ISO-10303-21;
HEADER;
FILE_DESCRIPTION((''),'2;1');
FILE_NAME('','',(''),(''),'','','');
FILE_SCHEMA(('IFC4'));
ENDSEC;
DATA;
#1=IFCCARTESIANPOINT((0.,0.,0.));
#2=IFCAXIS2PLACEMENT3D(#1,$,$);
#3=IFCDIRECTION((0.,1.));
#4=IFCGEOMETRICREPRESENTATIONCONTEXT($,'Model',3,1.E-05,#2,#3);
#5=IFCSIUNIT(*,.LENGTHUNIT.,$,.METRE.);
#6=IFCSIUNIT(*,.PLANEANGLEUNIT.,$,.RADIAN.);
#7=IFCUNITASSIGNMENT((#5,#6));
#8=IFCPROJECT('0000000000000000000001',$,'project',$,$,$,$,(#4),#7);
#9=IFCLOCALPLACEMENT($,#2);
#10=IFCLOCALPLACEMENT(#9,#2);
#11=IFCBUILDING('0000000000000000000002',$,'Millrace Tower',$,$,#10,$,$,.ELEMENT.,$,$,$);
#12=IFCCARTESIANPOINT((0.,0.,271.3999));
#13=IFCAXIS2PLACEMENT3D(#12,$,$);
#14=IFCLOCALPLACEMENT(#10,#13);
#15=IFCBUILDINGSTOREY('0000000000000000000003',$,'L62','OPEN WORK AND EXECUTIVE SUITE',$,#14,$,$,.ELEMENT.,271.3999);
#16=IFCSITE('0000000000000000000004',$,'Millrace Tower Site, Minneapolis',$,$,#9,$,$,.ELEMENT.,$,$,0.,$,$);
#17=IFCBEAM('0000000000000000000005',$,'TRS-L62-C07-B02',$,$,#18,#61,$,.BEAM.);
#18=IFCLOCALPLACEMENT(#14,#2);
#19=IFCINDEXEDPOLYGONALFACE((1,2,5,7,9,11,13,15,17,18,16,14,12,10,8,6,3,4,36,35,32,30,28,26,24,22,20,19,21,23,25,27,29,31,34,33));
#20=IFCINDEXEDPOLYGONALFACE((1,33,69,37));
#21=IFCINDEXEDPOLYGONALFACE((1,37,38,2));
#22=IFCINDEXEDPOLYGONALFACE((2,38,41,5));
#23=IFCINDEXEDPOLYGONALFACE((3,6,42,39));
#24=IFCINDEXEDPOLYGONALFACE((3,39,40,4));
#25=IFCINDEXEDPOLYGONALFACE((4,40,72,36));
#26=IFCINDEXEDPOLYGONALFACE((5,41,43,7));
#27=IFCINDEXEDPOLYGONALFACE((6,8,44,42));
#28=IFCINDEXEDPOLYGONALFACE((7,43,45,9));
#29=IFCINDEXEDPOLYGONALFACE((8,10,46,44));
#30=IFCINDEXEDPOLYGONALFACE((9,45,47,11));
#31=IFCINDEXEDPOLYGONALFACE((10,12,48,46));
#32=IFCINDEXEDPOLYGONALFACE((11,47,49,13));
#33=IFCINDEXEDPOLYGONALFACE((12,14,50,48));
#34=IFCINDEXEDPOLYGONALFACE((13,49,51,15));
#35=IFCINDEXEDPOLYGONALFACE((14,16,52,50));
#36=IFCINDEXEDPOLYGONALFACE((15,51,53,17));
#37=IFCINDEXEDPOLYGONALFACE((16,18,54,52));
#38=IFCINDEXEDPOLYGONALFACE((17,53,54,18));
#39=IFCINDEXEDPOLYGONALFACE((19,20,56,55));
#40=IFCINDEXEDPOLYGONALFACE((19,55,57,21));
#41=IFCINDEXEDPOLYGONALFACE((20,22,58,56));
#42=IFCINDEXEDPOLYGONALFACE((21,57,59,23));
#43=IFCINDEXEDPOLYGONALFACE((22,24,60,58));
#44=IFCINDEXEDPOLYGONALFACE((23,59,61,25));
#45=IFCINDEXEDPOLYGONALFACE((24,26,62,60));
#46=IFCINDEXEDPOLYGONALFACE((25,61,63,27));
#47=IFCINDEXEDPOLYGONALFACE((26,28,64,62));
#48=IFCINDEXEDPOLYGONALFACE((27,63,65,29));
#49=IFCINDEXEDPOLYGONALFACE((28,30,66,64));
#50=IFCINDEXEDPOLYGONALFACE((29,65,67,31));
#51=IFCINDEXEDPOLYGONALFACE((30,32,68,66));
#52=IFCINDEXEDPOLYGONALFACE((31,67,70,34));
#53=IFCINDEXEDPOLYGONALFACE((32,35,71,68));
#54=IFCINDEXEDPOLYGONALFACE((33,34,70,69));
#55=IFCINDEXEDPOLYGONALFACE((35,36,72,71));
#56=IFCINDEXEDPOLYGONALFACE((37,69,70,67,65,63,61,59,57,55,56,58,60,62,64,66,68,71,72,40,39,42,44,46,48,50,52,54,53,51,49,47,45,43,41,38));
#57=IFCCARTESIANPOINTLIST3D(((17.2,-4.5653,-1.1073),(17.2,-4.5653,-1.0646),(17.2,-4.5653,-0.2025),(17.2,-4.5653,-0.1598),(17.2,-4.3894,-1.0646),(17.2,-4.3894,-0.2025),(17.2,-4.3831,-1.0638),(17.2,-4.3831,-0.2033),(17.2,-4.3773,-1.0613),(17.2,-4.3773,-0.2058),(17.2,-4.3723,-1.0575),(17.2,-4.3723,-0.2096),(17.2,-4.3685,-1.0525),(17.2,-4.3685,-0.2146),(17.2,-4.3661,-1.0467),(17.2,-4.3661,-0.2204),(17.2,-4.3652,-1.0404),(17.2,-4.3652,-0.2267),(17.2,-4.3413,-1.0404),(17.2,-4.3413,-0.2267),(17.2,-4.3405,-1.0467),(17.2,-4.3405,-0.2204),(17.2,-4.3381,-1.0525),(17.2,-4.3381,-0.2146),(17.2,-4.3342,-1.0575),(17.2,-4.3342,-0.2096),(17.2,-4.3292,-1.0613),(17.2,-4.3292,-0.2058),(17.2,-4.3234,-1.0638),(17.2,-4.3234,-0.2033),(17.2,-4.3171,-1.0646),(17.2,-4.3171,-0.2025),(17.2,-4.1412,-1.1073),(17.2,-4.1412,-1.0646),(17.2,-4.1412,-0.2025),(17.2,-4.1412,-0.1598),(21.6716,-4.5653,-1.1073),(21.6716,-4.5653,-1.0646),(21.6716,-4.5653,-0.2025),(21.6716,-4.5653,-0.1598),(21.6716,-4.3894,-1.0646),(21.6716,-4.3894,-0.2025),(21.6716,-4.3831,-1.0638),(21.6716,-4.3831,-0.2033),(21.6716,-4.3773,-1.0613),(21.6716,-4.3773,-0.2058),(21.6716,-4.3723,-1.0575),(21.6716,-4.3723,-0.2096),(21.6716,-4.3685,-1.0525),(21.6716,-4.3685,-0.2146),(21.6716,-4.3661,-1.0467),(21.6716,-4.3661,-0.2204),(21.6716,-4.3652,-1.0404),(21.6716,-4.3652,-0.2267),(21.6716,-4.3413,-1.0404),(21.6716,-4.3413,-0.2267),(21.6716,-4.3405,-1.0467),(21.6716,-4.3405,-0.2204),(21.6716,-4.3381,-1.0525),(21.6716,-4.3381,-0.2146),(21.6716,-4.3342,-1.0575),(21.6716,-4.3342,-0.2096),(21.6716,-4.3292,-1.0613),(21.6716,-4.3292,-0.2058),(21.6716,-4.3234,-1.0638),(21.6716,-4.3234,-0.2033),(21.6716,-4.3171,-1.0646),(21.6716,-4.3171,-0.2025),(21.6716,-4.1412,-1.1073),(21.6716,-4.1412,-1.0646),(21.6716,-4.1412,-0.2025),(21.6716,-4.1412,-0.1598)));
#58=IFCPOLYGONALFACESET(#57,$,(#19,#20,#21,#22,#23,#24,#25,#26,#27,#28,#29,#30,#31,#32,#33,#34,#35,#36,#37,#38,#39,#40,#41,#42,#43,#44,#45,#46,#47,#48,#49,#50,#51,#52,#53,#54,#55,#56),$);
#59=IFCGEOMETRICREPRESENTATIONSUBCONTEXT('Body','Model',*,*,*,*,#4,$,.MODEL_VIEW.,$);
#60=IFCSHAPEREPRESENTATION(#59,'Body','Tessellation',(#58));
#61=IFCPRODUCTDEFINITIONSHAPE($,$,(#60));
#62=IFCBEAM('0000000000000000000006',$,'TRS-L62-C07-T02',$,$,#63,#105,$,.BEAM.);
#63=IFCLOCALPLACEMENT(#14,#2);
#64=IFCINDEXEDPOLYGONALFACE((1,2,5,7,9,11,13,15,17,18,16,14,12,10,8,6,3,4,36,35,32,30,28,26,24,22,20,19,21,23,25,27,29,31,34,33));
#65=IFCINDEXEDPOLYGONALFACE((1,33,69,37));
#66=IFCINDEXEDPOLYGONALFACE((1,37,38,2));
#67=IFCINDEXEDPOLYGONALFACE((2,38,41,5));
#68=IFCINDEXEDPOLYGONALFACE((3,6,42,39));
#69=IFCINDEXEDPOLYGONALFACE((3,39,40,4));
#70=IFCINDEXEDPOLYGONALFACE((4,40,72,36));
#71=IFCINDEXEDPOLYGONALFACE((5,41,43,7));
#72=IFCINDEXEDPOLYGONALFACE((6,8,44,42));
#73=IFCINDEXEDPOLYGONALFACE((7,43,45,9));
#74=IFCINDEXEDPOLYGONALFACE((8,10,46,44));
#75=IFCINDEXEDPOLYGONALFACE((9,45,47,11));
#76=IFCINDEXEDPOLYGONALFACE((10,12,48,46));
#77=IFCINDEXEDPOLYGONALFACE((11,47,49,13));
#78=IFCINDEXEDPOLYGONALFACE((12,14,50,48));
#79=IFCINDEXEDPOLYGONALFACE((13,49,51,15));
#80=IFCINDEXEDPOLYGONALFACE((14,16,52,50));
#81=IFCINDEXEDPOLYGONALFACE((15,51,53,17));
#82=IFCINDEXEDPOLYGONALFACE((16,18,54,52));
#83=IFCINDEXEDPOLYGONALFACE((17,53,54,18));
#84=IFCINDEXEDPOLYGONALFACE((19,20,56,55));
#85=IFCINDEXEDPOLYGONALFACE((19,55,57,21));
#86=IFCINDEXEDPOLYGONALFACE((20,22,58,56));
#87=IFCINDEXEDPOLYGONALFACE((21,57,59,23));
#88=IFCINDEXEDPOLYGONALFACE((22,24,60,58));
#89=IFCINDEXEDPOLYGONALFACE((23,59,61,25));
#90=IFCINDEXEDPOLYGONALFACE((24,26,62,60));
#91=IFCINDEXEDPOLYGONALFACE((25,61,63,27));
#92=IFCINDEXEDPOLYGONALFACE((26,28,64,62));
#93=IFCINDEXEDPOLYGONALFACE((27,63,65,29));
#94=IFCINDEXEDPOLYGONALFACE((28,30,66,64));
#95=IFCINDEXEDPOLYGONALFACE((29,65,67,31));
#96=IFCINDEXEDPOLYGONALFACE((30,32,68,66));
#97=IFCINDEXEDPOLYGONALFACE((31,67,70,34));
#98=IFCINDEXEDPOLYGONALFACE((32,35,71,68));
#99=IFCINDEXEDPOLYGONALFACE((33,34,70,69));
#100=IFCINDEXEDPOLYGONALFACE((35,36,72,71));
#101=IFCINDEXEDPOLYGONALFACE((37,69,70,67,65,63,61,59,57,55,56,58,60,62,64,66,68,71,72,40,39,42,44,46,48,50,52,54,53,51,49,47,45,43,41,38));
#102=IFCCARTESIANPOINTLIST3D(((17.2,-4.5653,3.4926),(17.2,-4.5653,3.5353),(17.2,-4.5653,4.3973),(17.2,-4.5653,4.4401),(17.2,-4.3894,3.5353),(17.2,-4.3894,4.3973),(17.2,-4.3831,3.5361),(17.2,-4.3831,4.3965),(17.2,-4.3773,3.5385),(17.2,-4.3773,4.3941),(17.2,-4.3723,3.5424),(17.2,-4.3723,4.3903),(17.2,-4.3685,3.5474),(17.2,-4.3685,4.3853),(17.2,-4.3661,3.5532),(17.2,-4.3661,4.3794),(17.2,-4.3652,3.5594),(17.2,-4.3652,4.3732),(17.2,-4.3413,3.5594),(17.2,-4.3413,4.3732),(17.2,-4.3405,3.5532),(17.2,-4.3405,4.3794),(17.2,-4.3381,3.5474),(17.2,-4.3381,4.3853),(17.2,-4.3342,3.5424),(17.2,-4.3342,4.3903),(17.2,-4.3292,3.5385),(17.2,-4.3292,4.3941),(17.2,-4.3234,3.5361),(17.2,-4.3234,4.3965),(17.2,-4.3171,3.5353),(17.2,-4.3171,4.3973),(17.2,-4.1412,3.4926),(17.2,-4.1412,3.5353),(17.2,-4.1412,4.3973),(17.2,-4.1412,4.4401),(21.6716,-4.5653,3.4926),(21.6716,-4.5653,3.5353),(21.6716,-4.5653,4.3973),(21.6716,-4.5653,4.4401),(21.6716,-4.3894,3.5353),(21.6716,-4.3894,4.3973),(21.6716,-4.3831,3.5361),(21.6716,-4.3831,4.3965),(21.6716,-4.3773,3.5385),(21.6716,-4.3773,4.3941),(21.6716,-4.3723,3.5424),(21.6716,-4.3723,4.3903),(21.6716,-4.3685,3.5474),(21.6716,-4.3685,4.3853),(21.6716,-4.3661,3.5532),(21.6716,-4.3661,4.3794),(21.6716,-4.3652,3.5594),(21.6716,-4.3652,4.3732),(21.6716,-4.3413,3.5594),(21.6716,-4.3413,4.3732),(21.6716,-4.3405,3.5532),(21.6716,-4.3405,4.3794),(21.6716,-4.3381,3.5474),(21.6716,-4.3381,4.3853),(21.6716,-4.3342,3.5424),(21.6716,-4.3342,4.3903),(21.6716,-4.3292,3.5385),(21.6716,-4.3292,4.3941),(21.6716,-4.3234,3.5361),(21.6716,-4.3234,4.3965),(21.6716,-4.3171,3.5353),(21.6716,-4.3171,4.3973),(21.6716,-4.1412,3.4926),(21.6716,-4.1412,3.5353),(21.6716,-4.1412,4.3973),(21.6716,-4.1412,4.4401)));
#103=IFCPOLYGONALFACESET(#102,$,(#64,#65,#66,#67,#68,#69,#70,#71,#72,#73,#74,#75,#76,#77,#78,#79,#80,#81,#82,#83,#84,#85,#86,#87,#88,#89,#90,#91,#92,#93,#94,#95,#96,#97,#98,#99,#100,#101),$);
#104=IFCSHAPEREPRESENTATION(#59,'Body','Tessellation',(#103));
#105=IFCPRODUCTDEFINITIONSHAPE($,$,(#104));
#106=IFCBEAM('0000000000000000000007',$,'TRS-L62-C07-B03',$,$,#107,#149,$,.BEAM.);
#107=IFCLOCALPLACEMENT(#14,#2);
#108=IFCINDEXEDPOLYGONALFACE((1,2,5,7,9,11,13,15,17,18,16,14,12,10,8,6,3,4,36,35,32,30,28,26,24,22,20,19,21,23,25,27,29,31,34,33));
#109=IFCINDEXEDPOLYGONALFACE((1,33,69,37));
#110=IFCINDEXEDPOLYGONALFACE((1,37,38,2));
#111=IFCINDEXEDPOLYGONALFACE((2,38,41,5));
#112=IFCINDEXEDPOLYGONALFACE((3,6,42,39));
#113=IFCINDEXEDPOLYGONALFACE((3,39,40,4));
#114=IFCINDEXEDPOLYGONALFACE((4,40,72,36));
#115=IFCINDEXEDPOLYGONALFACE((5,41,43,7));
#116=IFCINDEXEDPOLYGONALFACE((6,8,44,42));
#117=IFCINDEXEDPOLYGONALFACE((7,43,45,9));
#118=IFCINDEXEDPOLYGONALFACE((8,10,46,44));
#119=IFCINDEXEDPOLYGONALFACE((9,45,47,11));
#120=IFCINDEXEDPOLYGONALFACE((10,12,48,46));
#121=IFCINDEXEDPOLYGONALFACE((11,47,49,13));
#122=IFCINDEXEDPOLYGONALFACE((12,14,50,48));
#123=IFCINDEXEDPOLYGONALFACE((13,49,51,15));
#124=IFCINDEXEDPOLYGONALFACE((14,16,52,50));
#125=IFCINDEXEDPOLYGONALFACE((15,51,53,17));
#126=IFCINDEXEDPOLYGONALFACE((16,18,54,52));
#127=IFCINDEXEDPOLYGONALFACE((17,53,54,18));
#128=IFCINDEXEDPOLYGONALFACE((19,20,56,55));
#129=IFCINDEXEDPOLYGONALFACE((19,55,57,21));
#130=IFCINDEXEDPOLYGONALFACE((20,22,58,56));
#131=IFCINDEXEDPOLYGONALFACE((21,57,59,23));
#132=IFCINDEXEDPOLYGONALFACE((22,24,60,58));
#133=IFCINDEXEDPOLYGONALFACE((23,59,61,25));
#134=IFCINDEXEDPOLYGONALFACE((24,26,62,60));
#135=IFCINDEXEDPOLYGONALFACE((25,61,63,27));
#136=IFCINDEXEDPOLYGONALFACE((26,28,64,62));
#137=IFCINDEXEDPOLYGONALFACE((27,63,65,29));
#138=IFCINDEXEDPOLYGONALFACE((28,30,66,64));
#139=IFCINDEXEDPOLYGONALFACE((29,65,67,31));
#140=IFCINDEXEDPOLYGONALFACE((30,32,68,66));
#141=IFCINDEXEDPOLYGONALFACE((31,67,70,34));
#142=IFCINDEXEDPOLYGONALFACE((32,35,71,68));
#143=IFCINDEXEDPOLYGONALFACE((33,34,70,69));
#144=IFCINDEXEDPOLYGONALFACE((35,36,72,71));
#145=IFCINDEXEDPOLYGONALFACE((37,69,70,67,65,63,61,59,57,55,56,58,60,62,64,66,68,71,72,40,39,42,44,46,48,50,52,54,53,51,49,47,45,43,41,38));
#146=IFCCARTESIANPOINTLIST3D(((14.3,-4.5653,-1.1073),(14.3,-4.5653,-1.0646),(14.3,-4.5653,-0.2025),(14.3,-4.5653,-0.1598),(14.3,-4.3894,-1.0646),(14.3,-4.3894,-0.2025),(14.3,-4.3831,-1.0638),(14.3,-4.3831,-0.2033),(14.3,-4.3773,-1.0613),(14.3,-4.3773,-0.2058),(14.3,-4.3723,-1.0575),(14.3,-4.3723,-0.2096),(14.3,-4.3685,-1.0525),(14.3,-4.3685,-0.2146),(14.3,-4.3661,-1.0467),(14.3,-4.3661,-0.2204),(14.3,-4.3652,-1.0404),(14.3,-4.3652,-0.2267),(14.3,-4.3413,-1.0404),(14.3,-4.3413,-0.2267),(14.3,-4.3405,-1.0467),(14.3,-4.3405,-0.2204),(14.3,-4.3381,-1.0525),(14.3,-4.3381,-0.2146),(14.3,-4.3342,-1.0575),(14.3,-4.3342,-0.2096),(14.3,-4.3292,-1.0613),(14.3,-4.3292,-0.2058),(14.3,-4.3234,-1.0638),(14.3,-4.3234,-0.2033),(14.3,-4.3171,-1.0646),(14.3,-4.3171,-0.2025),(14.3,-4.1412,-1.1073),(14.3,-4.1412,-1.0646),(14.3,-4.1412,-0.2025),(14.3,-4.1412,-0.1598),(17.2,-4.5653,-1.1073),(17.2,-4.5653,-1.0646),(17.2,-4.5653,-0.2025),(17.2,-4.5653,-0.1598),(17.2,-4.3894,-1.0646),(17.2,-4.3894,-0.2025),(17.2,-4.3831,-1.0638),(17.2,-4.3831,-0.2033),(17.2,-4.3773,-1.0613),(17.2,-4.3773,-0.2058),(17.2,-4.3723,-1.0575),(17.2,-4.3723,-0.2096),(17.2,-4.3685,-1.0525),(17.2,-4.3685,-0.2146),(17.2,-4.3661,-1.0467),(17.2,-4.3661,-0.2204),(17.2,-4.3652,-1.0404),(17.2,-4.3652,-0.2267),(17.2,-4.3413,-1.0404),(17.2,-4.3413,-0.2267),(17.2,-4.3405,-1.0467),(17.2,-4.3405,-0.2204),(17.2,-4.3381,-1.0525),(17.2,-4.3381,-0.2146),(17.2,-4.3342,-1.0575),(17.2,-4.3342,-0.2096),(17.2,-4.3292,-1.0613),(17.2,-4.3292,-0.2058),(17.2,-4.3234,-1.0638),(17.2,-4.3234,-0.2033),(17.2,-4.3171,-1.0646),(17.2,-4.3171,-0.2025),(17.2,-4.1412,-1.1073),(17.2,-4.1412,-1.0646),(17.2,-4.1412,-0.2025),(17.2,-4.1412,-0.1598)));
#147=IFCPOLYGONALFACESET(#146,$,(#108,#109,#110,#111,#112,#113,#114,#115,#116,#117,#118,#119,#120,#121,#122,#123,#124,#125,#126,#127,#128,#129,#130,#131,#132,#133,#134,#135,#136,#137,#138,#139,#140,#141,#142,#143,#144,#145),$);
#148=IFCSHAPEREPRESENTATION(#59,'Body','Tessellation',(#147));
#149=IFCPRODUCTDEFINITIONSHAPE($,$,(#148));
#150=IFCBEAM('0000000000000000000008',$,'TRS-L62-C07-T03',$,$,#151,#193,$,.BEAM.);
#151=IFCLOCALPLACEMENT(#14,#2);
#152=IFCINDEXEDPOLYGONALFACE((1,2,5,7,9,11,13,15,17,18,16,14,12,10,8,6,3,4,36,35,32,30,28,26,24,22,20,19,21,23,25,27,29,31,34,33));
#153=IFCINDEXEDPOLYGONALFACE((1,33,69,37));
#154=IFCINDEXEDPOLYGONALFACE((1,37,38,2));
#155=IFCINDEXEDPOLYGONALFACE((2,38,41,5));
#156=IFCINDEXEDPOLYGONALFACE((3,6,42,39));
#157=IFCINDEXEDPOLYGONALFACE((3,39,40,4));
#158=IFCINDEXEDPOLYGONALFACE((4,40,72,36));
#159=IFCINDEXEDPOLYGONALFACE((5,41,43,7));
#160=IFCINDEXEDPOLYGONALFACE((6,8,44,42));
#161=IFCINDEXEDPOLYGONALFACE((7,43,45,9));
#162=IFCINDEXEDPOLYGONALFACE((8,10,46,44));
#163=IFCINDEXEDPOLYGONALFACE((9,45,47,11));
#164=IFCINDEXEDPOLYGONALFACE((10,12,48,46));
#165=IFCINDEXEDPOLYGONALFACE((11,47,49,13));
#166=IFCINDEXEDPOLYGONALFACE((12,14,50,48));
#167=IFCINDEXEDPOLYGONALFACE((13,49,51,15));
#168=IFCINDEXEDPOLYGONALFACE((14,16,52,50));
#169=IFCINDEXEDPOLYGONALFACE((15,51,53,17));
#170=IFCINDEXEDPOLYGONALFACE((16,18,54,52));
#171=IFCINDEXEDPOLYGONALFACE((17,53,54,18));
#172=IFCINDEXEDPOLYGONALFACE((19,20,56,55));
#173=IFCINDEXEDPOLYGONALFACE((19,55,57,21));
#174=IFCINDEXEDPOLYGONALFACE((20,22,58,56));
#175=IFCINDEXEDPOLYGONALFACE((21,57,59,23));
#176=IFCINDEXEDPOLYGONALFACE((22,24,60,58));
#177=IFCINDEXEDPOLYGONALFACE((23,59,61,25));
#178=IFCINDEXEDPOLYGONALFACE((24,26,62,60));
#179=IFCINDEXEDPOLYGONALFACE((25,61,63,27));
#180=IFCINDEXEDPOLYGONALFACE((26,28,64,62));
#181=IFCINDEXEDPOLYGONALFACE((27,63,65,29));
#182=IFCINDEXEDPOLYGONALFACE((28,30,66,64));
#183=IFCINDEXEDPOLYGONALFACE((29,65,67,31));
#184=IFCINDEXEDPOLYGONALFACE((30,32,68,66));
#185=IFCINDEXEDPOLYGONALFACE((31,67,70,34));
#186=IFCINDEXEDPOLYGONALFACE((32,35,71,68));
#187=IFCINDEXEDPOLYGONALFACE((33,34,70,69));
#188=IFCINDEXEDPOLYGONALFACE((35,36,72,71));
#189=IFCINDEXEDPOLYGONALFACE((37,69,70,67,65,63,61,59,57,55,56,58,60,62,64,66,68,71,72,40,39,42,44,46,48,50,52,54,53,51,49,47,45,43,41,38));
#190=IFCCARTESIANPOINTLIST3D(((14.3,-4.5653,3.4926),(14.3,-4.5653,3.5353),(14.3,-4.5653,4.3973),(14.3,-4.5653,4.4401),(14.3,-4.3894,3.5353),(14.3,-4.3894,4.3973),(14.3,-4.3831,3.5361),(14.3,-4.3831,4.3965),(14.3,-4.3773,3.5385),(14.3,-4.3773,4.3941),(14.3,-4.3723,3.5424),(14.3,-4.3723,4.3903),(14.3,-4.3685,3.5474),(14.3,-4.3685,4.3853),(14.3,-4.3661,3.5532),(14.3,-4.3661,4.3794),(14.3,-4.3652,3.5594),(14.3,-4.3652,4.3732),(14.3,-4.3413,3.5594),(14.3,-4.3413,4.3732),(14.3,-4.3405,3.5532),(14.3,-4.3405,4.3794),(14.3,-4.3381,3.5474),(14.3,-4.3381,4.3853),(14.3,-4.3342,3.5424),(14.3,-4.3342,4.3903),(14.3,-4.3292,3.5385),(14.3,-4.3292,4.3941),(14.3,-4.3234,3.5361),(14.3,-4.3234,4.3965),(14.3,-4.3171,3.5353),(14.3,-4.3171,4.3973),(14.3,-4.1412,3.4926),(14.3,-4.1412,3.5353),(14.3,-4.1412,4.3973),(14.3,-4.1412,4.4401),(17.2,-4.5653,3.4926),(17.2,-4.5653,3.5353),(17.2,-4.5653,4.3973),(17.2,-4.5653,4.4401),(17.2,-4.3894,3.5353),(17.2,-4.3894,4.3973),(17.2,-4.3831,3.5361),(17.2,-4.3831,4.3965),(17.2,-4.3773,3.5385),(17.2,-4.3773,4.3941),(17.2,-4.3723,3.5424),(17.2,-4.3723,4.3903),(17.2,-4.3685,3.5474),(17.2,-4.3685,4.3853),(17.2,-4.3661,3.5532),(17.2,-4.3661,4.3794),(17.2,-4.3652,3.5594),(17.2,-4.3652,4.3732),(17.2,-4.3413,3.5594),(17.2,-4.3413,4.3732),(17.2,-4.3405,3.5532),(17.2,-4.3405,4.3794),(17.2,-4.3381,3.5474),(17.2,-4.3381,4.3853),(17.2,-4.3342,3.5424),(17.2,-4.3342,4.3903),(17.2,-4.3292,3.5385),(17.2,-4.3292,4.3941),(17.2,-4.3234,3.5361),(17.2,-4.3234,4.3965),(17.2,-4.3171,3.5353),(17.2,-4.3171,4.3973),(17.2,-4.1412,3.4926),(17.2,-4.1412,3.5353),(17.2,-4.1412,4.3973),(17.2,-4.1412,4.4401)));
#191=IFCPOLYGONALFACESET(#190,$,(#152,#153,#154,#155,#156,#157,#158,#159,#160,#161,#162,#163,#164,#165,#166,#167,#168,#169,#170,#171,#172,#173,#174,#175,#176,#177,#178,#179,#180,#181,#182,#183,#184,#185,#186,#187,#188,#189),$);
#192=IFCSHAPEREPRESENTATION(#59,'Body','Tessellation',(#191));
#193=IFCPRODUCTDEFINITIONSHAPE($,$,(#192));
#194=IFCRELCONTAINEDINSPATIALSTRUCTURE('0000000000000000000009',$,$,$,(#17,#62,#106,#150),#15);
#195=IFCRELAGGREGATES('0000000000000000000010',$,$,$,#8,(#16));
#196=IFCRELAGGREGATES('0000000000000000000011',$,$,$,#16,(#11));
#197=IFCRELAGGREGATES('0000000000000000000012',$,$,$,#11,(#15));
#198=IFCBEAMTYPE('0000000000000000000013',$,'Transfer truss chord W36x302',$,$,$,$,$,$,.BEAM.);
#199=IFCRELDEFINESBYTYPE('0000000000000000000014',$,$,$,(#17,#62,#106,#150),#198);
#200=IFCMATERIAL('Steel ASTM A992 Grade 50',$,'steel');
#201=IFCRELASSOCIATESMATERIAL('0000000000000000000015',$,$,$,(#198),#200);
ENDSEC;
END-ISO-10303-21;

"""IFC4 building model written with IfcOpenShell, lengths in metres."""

from ifc_helpers import new_model, si_unit, direction, frame, origin, origin_2d, place, context, subcontext, project, spatial, i_section, extrude, material, material_profile, profile_set, type_object, element, save


model = new_model("IFC4")

# Units and contexts
model_context = context("Model", 3, precision=1e-05, world=origin(), true_north=direction((0.0, 1.0)))
body_context = subcontext(model_context, "Body", "Model", "MODEL_VIEW")
ifc_project = project(units=[si_unit("LENGTHUNIT", "METRE"), si_unit("PLANEANGLEUNIT", "RADIAN")], contexts=[model_context])

# Site, building, storey
site_placement = place(None, origin())
site = spatial("IfcSite", under=ifc_project, at=site_placement, Name="Millrace Tower Site, Minneapolis", CompositionType="ELEMENT", RefElevation=0.0)
building_placement = place(site_placement, origin())
building = spatial("IfcBuilding", under=site, at=building_placement, Name="Millrace Tower", CompositionType="ELEMENT")
storey_placement = place(building_placement, frame((0.0, 0.0, 271.3999)))
storey = spatial("IfcBuildingStorey", under=building, at=storey_placement, Name="L62", Description="OPEN WORK AND EXECUTIVE SUITE", CompositionType="ELEMENT", Elevation=271.3999)

# Beams
ifc_material_1 = material(Name="Steel ASTM A992 Grade 50", Category="steel")
ifc_material_profile_1 = material_profile(ifc_material_1, i_section(OverallWidth=0.4241, OverallDepth=0.9475, WebThickness=0.0239, FlangeThickness=0.0427, FilletRadius=0.0242, at=origin_2d()))
ifc_profile_set_1 = profile_set([ifc_material_profile_1], Name="Steel ASTM A992 Grade 50")
beam_type_1 = type_object("IfcBeamType", Name="Transfer truss chord W36x302", PredefinedType="BEAM", material=ifc_profile_set_1)
for number, where, z_axis, x_axis, name in (
    (1, (21.6716, -4.3533, -0.6335), (-1.0, 0.0, 0.0), (0.0, -1.0, 0.0), "TRS-L62-C07-B02"),
    (2, (21.6716, -4.3533, 3.9663), (-1.0, 0.0, 0.0), (0.0, -1.0, 0.0), "TRS-L62-C07-T02"),
):
    element("IfcBeam", number, at=place(storey_placement, frame(where, z_axis=z_axis, x_axis=x_axis)), inside=storey, type_object=beam_type_1, Name=name, PredefinedType="BEAM", context=body_context, shape_type="SweptSolid", body=[
        extrude(i_section(OverallWidth=0.4241, OverallDepth=0.9475, WebThickness=0.0239, FlangeThickness=0.0427, FilletRadius=0.0242, at=origin_2d()), origin(), (0.0, 0.0, 1.0), 4.4717),
    ])
for number, where, z_axis, x_axis, name in (
    (3, (17.2, -4.3533, -0.6335), (-1.0, 0.0, 0.0), (0.0, -1.0, 0.0), "TRS-L62-C07-B03"),
    (4, (17.2, -4.3533, 3.9663), (-1.0, 0.0, 0.0), (0.0, -1.0, 0.0), "TRS-L62-C07-T03"),
):
    element("IfcBeam", number, at=place(storey_placement, frame(where, z_axis=z_axis, x_axis=x_axis)), inside=storey, type_object=beam_type_1, Name=name, PredefinedType="BEAM", context=body_context, shape_type="SweptSolid", body=[
        extrude(i_section(OverallWidth=0.4241, OverallDepth=0.9475, WebThickness=0.0239, FlangeThickness=0.0427, FilletRadius=0.0242, at=origin_2d()), origin(), (0.0, 0.0, 1.0), 2.8999),
    ])

save(model, "model.ifc")
